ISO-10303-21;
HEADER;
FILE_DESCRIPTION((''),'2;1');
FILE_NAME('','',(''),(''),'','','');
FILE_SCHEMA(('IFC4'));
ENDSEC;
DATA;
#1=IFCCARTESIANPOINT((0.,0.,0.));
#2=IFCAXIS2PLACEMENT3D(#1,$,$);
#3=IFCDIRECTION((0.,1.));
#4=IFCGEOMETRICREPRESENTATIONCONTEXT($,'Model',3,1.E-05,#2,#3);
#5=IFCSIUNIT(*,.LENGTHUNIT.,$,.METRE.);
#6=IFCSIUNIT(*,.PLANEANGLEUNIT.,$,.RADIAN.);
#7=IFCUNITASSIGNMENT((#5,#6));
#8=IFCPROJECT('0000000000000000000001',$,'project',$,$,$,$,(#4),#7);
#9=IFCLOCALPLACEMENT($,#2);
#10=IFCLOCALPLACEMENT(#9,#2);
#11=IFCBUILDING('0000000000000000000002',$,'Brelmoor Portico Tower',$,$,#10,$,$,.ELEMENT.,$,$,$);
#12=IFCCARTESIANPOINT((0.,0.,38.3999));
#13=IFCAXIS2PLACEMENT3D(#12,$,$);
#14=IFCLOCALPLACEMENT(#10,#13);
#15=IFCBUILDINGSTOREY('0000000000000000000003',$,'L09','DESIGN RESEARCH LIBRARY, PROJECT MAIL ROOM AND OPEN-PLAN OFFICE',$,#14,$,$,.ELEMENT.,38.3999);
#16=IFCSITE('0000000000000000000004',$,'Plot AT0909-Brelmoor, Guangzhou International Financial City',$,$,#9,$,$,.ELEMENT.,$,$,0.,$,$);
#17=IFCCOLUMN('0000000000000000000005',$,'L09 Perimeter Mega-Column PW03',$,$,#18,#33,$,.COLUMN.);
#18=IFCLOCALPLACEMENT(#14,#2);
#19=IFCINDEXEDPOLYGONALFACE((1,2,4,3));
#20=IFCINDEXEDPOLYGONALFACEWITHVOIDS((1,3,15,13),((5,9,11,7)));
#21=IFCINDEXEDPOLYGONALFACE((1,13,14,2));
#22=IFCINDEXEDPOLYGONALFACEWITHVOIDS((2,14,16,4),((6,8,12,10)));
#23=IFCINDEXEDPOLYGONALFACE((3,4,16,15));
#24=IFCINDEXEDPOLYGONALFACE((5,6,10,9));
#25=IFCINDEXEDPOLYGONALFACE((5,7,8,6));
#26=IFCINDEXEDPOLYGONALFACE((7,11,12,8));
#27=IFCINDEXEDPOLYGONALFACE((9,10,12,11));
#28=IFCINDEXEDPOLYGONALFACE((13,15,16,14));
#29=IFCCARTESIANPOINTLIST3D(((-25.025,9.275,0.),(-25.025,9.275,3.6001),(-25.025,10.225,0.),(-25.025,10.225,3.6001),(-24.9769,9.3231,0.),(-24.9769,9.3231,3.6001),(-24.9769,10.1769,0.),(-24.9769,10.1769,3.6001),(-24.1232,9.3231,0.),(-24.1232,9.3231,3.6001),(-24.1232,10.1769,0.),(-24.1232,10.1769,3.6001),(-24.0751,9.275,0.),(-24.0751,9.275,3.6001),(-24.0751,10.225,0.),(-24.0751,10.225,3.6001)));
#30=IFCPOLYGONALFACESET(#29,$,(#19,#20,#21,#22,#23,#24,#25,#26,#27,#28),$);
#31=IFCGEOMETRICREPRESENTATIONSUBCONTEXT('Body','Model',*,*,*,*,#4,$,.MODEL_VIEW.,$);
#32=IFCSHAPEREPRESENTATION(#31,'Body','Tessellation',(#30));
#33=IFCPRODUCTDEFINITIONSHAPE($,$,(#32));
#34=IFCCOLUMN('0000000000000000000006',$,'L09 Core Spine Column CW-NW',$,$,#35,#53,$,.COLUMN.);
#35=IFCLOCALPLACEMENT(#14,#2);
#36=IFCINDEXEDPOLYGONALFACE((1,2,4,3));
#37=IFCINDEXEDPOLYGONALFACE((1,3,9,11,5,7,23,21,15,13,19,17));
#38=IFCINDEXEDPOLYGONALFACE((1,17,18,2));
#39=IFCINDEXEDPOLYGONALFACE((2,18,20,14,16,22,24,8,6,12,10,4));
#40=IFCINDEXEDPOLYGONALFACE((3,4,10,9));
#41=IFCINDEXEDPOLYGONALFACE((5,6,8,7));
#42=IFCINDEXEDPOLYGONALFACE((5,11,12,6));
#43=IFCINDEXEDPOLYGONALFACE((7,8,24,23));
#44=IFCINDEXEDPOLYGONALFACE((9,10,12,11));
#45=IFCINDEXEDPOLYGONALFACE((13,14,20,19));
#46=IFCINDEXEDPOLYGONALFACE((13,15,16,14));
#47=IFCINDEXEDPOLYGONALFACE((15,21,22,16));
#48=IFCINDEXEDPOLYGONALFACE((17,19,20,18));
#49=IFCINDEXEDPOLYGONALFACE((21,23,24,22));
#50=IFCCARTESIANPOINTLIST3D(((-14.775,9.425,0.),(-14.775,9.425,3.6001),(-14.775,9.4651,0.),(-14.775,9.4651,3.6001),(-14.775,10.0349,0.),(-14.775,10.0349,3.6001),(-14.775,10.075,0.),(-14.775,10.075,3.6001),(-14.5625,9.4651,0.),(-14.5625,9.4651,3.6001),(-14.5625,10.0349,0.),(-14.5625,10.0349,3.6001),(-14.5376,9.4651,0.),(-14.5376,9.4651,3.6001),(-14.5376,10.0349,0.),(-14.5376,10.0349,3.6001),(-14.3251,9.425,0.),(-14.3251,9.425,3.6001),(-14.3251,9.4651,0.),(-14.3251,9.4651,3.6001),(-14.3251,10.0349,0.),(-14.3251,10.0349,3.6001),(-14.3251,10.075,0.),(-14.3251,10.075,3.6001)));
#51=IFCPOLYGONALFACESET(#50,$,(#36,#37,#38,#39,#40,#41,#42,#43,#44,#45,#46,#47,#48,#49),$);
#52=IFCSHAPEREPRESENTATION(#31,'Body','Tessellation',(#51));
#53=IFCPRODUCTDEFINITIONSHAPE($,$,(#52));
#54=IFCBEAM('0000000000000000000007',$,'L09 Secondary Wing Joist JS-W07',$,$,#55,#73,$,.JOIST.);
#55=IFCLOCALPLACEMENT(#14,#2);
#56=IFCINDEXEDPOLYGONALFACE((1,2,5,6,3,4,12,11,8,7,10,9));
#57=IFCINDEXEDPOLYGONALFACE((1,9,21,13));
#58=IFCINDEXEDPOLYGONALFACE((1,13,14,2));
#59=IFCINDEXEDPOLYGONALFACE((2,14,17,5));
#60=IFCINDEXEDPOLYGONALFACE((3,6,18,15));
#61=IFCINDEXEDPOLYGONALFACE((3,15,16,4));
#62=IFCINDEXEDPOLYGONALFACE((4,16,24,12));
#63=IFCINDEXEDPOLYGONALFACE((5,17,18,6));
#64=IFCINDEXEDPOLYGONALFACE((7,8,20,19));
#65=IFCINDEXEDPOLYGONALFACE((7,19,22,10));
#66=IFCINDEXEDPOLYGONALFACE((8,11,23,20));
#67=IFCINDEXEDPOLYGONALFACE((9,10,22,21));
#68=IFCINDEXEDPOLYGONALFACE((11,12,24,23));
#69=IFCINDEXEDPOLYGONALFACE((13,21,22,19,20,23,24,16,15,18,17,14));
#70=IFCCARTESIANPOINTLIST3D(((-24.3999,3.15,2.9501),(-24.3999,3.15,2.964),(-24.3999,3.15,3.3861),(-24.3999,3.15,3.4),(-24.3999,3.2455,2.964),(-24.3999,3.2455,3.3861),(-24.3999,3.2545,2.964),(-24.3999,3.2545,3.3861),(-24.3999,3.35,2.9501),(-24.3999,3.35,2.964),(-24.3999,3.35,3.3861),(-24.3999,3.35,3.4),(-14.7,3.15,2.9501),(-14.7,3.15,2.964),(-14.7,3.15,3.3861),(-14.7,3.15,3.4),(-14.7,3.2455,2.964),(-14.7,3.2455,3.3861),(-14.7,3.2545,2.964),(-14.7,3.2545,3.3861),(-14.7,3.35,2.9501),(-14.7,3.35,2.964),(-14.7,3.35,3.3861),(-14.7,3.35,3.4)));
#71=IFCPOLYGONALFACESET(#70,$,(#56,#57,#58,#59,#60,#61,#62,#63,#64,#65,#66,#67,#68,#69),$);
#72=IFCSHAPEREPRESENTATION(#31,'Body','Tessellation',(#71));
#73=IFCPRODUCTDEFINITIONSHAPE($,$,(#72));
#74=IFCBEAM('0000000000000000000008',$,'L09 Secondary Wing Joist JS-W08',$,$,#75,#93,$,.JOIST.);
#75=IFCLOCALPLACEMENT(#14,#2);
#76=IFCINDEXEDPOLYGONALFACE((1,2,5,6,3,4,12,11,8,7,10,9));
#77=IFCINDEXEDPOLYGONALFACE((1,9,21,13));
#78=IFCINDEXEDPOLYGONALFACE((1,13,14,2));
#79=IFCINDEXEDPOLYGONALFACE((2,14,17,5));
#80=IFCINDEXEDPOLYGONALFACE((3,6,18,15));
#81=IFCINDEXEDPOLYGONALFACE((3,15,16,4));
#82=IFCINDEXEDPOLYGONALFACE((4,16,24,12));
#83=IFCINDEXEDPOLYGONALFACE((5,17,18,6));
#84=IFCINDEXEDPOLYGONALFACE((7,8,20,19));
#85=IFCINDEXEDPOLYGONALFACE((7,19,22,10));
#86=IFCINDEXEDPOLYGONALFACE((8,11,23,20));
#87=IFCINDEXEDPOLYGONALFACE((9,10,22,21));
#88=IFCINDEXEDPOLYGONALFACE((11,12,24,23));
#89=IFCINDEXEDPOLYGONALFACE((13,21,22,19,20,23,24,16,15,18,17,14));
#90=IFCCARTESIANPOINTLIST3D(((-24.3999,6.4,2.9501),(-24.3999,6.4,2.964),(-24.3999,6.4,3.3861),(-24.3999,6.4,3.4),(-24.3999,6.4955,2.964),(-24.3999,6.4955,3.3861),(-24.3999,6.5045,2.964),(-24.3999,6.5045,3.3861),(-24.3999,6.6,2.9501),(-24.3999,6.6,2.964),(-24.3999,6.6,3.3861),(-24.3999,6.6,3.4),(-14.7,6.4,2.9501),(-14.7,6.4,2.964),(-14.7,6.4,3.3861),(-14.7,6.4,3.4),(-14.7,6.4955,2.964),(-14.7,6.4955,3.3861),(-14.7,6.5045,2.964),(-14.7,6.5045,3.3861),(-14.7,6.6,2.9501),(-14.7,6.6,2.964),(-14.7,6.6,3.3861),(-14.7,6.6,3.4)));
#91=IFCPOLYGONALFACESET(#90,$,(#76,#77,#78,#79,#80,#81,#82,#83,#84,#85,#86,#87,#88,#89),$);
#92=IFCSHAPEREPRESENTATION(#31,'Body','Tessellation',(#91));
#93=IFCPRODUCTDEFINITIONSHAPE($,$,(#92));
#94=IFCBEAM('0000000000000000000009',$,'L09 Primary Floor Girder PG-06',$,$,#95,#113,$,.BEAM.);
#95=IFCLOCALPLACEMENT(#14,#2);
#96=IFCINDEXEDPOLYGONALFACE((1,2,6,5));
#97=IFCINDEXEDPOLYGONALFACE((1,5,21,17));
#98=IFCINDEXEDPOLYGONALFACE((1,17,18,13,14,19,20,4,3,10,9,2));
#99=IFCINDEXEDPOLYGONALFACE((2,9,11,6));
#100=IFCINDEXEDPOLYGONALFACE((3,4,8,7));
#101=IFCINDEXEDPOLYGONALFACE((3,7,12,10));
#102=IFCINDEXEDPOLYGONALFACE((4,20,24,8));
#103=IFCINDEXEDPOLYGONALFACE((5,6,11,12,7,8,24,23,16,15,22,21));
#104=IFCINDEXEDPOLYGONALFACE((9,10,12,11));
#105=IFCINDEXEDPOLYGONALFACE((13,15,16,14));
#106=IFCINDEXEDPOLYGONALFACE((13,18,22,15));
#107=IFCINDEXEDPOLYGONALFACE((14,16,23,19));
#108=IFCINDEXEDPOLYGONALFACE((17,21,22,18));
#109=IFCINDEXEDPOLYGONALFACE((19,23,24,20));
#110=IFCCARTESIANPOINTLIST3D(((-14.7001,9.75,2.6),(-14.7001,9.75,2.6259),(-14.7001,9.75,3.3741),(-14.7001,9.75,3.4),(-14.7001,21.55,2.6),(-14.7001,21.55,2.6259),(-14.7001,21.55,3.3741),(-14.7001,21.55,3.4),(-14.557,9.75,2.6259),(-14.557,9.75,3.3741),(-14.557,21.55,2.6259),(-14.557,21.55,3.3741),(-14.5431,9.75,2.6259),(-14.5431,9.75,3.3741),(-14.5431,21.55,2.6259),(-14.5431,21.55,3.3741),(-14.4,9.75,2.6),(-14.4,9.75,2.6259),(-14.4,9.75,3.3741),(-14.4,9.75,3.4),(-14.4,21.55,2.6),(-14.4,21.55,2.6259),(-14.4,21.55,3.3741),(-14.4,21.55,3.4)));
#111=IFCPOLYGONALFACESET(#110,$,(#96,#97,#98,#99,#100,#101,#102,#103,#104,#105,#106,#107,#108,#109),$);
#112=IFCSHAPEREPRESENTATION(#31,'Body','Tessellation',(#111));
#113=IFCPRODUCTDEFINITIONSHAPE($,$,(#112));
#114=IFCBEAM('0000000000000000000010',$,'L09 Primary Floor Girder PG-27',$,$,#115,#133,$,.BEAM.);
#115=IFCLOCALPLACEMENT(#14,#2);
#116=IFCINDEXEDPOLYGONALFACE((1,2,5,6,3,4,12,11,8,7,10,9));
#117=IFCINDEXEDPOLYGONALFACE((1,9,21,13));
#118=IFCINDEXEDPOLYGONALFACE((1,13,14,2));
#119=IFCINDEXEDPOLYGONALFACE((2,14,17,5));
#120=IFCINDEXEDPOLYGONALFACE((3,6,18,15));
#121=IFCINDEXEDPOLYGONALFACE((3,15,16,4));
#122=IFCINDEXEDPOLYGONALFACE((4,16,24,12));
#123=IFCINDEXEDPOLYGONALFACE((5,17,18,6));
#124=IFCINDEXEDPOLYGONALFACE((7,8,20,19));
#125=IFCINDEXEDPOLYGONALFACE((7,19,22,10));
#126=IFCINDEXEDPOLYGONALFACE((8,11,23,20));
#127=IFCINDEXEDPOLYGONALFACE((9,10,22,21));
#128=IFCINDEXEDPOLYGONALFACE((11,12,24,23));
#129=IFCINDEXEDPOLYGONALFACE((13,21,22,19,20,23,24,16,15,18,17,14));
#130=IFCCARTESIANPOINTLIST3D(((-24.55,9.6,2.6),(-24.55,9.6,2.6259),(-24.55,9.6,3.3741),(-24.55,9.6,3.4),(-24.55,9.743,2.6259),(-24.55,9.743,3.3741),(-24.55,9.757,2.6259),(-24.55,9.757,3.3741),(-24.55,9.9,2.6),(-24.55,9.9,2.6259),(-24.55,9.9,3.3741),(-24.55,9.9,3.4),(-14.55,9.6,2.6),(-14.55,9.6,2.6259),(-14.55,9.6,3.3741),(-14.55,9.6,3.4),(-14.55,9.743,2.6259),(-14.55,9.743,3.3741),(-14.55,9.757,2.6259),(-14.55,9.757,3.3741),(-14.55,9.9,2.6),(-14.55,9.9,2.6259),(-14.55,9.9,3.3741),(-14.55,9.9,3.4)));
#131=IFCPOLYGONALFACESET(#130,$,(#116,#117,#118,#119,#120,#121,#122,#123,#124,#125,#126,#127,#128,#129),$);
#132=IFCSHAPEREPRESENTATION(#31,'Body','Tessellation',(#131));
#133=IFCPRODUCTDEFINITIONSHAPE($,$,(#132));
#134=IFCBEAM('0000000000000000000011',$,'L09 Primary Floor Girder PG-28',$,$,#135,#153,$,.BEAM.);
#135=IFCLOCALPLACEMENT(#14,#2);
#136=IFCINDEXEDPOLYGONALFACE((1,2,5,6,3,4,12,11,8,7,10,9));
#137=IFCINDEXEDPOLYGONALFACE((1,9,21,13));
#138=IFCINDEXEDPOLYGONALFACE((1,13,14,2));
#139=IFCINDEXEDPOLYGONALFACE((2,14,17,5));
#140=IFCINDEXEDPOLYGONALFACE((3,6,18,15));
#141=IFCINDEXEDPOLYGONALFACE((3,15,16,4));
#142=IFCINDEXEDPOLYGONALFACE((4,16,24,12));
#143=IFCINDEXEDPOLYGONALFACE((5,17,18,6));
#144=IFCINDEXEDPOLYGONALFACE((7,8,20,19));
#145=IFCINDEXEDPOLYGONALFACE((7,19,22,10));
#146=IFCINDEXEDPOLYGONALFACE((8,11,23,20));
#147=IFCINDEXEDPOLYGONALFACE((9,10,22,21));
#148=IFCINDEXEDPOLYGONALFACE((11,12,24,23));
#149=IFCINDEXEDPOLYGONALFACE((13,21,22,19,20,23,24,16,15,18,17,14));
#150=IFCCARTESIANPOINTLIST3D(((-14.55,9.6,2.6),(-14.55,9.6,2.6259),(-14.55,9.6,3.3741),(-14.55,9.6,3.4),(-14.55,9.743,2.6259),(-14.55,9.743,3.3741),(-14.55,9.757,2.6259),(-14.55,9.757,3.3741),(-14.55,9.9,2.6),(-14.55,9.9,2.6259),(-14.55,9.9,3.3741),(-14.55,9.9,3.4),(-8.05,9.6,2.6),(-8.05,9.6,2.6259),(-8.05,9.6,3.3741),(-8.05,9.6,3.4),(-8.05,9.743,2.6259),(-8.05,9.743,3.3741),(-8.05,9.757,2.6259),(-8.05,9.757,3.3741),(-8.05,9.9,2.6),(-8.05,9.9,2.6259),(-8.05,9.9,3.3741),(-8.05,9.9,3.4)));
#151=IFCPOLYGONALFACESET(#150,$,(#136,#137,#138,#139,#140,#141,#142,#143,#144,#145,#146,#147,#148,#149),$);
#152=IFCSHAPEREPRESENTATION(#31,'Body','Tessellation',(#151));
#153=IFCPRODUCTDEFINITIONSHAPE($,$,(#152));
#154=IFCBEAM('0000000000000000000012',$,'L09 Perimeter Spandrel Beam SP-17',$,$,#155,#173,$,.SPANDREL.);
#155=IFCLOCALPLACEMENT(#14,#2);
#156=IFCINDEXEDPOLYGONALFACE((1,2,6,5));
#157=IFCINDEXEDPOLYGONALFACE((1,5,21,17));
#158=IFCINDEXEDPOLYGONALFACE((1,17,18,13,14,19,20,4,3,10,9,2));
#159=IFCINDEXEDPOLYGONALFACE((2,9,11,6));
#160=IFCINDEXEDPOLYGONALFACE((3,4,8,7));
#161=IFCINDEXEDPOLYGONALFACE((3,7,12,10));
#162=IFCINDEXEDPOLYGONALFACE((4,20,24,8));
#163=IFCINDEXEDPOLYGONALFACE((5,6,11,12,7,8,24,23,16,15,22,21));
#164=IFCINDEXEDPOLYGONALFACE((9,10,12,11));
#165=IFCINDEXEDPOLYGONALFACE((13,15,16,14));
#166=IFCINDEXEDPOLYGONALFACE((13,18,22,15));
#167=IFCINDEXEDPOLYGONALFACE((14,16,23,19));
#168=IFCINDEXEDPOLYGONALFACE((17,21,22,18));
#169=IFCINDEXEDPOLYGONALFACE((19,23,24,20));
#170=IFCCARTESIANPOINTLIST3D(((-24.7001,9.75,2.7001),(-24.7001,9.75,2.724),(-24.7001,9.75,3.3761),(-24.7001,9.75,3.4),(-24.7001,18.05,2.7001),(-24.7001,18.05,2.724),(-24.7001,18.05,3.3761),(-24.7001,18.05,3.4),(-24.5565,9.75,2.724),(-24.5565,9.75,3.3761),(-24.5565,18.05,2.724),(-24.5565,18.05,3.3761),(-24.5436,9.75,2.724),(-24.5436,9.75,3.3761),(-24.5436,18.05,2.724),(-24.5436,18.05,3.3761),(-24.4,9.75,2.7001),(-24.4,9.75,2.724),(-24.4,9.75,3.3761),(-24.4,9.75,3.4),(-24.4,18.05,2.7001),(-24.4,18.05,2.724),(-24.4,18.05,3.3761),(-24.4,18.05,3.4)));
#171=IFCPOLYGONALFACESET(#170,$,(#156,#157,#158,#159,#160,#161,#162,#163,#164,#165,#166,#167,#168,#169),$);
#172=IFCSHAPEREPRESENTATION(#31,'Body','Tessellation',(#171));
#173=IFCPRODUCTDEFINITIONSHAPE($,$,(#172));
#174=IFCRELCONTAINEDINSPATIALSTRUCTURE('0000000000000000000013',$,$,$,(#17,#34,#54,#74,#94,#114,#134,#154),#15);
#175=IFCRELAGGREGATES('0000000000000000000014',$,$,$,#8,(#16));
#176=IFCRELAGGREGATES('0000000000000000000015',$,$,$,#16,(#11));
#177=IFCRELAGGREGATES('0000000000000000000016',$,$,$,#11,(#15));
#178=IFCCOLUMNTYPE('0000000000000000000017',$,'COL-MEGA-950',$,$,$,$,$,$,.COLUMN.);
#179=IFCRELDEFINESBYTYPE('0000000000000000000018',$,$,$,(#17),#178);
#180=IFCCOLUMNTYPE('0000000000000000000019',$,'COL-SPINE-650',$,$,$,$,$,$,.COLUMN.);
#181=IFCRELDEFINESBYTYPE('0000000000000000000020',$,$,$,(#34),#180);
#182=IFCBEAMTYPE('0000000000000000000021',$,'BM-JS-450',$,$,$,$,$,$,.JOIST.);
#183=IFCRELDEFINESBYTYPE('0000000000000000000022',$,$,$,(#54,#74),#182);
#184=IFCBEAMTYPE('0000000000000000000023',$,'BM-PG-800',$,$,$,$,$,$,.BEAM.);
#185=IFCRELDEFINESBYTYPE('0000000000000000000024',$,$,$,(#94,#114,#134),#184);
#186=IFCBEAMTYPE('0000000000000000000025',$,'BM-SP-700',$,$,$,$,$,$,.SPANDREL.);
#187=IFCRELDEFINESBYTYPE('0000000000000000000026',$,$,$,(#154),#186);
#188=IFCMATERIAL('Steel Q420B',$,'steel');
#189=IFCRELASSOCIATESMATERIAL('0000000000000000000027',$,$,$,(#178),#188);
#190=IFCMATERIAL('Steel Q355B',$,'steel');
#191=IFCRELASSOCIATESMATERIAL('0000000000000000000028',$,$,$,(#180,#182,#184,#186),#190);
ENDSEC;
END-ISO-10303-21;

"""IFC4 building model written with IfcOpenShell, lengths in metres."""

from ifc_helpers import new_model, si_unit, direction, frame, origin, origin_2d, place, context, subcontext, project, spatial, hollow_rectangle, i_section, extrude, material, material_profile, profile_set, type_object, element, save


model = new_model("IFC4")

# Units and contexts
model_context = context("Model", 3, precision=1e-05, world=origin(), true_north=direction((0.0, 1.0)))
body_context = subcontext(model_context, "Body", "Model", "MODEL_VIEW")
ifc_project = project(units=[si_unit("LENGTHUNIT", "METRE"), si_unit("PLANEANGLEUNIT", "RADIAN")], contexts=[model_context])

# Site, building, storey
site_placement = place(None, origin())
site = spatial("IfcSite", under=ifc_project, at=site_placement, Name="Plot AT0909-Brelmoor, Guangzhou International Financial City", CompositionType="ELEMENT", RefElevation=0.0)
building_placement = place(site_placement, origin())
building = spatial("IfcBuilding", under=site, at=building_placement, Name="Brelmoor Portico Tower", CompositionType="ELEMENT")
storey_placement = place(building_placement, frame((0.0, 0.0, 38.3999)))
storey = spatial("IfcBuildingStorey", under=building, at=storey_placement, Name="L09", Description="DESIGN RESEARCH LIBRARY, PROJECT MAIL ROOM AND OPEN-PLAN OFFICE", CompositionType="ELEMENT", Elevation=38.3999)

# Columns
ifc_material_1 = material(Name="Steel Q420B", Category="steel")
ifc_material_profile_1 = material_profile(ifc_material_1, hollow_rectangle(XDim=0.95, YDim=0.95, WallThickness=0.0481, at=origin_2d()), Name="BOX 950x950x48")
ifc_profile_set_1 = profile_set([ifc_material_profile_1], Name="Steel Q420B")
column_type_1 = type_object("IfcColumnType", Name="COL-MEGA-950", PredefinedType="COLUMN", material=ifc_profile_set_1)
column_1_placement = place(storey_placement, frame((-24.55, 9.75, 0.0), z_axis=(0.0, 0.0, 1.0), x_axis=(0.0, 1.0, 0.0)))
element("IfcColumn", 1, at=column_1_placement, inside=storey, type_object=column_type_1, Name="L09 Perimeter Mega-Column PW03", PredefinedType="COLUMN", context=body_context, shape_type="SweptSolid", body=[
    extrude(hollow_rectangle(XDim=0.95, YDim=0.95, WallThickness=0.0481, at=origin_2d()), origin(), (0.0, 0.0, 1.0), 3.6001),
])
ifc_material_2 = material(Name="Steel Q355B", Category="steel")
ifc_material_profile_2 = material_profile(ifc_material_2, i_section(OverallWidth=0.45, OverallDepth=0.6499, WebThickness=0.0249, FlangeThickness=0.04, at=origin_2d()), Name="HW 650x450x25x40")
ifc_profile_set_2 = profile_set([ifc_material_profile_2], Name="Steel Q355B")
column_type_2 = type_object("IfcColumnType", Name="COL-SPINE-650", PredefinedType="COLUMN", material=ifc_profile_set_2)
column_2_placement = place(storey_placement, frame((-14.55, 9.75, 0.0), z_axis=(0.0, 0.0, 1.0), x_axis=(1.0, 0.0, 0.0)))
element("IfcColumn", 2, at=column_2_placement, inside=storey, type_object=column_type_2, Name="L09 Core Spine Column CW-NW", PredefinedType="COLUMN", context=body_context, shape_type="SweptSolid", body=[
    extrude(i_section(OverallWidth=0.45, OverallDepth=0.6499, WebThickness=0.0249, FlangeThickness=0.04, at=origin_2d()), origin(), (0.0, 0.0, 1.0), 3.6001),
])

# Beams
ifc_material_profile_3 = material_profile(ifc_material_2, i_section(OverallWidth=0.2, OverallDepth=0.45, WebThickness=0.009, FlangeThickness=0.0139, at=origin_2d()), Name="HN 450x200x9x14")
ifc_profile_set_3 = profile_set([ifc_material_profile_3], Name="Steel Q355B")
beam_type_1 = type_object("IfcBeamType", Name="BM-JS-450", PredefinedType="JOIST", material=ifc_profile_set_3)
for number, where, z_axis, x_axis, name in (
    (3, (-24.3999, 3.25, 3.175), (1.0, 0.0, 0.0), (0.0, 1.0, 0.0), "L09 Secondary Wing Joist JS-W07"),
    (4, (-24.3999, 6.5, 3.175), (1.0, 0.0, 0.0), (0.0, 1.0, 0.0), "L09 Secondary Wing Joist JS-W08"),
):
    element("IfcBeam", number, at=place(storey_placement, frame(where, z_axis=z_axis, x_axis=x_axis)), inside=storey, type_object=beam_type_1, Name=name, PredefinedType="JOIST", context=body_context, shape_type="SweptSolid", body=[
        extrude(i_section(OverallWidth=0.2, OverallDepth=0.45, WebThickness=0.009, FlangeThickness=0.0139, at=origin_2d()), origin(), (0.0, 0.0, 1.0), 9.7),
    ])
ifc_material_profile_4 = material_profile(ifc_material_2, i_section(OverallWidth=0.3, OverallDepth=0.8, WebThickness=0.0139, FlangeThickness=0.0259, at=origin_2d()), Name="HN 800x300x14x26")
ifc_profile_set_4 = profile_set([ifc_material_profile_4], Name="Steel Q355B")
beam_type_2 = type_object("IfcBeamType", Name="BM-PG-800", PredefinedType="BEAM", material=ifc_profile_set_4)
beam_1_placement = place(storey_placement, frame((-14.55, 9.75, 3.0), z_axis=(0.0, 1.0, 0.0), x_axis=(-1.0, 0.0, 0.0)))
element("IfcBeam", 5, at=beam_1_placement, inside=storey, type_object=beam_type_2, Name="L09 Primary Floor Girder PG-06", PredefinedType="BEAM", context=body_context, shape_type="SweptSolid", body=[
    extrude(i_section(OverallWidth=0.3, OverallDepth=0.8, WebThickness=0.0139, FlangeThickness=0.0259, at=origin_2d()), origin(), (0.0, 0.0, 1.0), 11.8),
])
beam_2_placement = place(storey_placement, frame((-24.55, 9.75, 3.0), z_axis=(1.0, 0.0, 0.0), x_axis=(0.0, 1.0, 0.0)))
element("IfcBeam", 6, at=beam_2_placement, inside=storey, type_object=beam_type_2, Name="L09 Primary Floor Girder PG-27", PredefinedType="BEAM", context=body_context, shape_type="SweptSolid", body=[
    extrude(i_section(OverallWidth=0.3, OverallDepth=0.8, WebThickness=0.0139, FlangeThickness=0.0259, at=origin_2d()), origin(), (0.0, 0.0, 1.0), 10.0),
])
beam_3_placement = place(storey_placement, frame((-14.55, 9.75, 3.0), z_axis=(1.0, 0.0, 0.0), x_axis=(0.0, 1.0, 0.0)))
element("IfcBeam", 7, at=beam_3_placement, inside=storey, type_object=beam_type_2, Name="L09 Primary Floor Girder PG-28", PredefinedType="BEAM", context=body_context, shape_type="SweptSolid", body=[
    extrude(i_section(OverallWidth=0.3, OverallDepth=0.8, WebThickness=0.0139, FlangeThickness=0.0259, at=origin_2d()), origin(), (0.0, 0.0, 1.0), 6.5),
])
ifc_material_profile_5 = material_profile(ifc_material_2, i_section(OverallWidth=0.3, OverallDepth=0.7, WebThickness=0.0129, FlangeThickness=0.0239, at=origin_2d()), Name="HN 700x300x13x24")
ifc_profile_set_5 = profile_set([ifc_material_profile_5], Name="Steel Q355B")
beam_type_3 = type_object("IfcBeamType", Name="BM-SP-700", PredefinedType="SPANDREL", material=ifc_profile_set_5)
beam_4_placement = place(storey_placement, frame((-24.55, 9.75, 3.05), z_axis=(0.0, 1.0, 0.0), x_axis=(-1.0, 0.0, 0.0)))
element("IfcBeam", 8, at=beam_4_placement, inside=storey, type_object=beam_type_3, Name="L09 Perimeter Spandrel Beam SP-17", PredefinedType="SPANDREL", context=body_context, shape_type="SweptSolid", body=[
    extrude(i_section(OverallWidth=0.3, OverallDepth=0.7, WebThickness=0.0129, FlangeThickness=0.0239, at=origin_2d()), origin(), (0.0, 0.0, 1.0), 8.3),
])

save(model, "model.ifc")
